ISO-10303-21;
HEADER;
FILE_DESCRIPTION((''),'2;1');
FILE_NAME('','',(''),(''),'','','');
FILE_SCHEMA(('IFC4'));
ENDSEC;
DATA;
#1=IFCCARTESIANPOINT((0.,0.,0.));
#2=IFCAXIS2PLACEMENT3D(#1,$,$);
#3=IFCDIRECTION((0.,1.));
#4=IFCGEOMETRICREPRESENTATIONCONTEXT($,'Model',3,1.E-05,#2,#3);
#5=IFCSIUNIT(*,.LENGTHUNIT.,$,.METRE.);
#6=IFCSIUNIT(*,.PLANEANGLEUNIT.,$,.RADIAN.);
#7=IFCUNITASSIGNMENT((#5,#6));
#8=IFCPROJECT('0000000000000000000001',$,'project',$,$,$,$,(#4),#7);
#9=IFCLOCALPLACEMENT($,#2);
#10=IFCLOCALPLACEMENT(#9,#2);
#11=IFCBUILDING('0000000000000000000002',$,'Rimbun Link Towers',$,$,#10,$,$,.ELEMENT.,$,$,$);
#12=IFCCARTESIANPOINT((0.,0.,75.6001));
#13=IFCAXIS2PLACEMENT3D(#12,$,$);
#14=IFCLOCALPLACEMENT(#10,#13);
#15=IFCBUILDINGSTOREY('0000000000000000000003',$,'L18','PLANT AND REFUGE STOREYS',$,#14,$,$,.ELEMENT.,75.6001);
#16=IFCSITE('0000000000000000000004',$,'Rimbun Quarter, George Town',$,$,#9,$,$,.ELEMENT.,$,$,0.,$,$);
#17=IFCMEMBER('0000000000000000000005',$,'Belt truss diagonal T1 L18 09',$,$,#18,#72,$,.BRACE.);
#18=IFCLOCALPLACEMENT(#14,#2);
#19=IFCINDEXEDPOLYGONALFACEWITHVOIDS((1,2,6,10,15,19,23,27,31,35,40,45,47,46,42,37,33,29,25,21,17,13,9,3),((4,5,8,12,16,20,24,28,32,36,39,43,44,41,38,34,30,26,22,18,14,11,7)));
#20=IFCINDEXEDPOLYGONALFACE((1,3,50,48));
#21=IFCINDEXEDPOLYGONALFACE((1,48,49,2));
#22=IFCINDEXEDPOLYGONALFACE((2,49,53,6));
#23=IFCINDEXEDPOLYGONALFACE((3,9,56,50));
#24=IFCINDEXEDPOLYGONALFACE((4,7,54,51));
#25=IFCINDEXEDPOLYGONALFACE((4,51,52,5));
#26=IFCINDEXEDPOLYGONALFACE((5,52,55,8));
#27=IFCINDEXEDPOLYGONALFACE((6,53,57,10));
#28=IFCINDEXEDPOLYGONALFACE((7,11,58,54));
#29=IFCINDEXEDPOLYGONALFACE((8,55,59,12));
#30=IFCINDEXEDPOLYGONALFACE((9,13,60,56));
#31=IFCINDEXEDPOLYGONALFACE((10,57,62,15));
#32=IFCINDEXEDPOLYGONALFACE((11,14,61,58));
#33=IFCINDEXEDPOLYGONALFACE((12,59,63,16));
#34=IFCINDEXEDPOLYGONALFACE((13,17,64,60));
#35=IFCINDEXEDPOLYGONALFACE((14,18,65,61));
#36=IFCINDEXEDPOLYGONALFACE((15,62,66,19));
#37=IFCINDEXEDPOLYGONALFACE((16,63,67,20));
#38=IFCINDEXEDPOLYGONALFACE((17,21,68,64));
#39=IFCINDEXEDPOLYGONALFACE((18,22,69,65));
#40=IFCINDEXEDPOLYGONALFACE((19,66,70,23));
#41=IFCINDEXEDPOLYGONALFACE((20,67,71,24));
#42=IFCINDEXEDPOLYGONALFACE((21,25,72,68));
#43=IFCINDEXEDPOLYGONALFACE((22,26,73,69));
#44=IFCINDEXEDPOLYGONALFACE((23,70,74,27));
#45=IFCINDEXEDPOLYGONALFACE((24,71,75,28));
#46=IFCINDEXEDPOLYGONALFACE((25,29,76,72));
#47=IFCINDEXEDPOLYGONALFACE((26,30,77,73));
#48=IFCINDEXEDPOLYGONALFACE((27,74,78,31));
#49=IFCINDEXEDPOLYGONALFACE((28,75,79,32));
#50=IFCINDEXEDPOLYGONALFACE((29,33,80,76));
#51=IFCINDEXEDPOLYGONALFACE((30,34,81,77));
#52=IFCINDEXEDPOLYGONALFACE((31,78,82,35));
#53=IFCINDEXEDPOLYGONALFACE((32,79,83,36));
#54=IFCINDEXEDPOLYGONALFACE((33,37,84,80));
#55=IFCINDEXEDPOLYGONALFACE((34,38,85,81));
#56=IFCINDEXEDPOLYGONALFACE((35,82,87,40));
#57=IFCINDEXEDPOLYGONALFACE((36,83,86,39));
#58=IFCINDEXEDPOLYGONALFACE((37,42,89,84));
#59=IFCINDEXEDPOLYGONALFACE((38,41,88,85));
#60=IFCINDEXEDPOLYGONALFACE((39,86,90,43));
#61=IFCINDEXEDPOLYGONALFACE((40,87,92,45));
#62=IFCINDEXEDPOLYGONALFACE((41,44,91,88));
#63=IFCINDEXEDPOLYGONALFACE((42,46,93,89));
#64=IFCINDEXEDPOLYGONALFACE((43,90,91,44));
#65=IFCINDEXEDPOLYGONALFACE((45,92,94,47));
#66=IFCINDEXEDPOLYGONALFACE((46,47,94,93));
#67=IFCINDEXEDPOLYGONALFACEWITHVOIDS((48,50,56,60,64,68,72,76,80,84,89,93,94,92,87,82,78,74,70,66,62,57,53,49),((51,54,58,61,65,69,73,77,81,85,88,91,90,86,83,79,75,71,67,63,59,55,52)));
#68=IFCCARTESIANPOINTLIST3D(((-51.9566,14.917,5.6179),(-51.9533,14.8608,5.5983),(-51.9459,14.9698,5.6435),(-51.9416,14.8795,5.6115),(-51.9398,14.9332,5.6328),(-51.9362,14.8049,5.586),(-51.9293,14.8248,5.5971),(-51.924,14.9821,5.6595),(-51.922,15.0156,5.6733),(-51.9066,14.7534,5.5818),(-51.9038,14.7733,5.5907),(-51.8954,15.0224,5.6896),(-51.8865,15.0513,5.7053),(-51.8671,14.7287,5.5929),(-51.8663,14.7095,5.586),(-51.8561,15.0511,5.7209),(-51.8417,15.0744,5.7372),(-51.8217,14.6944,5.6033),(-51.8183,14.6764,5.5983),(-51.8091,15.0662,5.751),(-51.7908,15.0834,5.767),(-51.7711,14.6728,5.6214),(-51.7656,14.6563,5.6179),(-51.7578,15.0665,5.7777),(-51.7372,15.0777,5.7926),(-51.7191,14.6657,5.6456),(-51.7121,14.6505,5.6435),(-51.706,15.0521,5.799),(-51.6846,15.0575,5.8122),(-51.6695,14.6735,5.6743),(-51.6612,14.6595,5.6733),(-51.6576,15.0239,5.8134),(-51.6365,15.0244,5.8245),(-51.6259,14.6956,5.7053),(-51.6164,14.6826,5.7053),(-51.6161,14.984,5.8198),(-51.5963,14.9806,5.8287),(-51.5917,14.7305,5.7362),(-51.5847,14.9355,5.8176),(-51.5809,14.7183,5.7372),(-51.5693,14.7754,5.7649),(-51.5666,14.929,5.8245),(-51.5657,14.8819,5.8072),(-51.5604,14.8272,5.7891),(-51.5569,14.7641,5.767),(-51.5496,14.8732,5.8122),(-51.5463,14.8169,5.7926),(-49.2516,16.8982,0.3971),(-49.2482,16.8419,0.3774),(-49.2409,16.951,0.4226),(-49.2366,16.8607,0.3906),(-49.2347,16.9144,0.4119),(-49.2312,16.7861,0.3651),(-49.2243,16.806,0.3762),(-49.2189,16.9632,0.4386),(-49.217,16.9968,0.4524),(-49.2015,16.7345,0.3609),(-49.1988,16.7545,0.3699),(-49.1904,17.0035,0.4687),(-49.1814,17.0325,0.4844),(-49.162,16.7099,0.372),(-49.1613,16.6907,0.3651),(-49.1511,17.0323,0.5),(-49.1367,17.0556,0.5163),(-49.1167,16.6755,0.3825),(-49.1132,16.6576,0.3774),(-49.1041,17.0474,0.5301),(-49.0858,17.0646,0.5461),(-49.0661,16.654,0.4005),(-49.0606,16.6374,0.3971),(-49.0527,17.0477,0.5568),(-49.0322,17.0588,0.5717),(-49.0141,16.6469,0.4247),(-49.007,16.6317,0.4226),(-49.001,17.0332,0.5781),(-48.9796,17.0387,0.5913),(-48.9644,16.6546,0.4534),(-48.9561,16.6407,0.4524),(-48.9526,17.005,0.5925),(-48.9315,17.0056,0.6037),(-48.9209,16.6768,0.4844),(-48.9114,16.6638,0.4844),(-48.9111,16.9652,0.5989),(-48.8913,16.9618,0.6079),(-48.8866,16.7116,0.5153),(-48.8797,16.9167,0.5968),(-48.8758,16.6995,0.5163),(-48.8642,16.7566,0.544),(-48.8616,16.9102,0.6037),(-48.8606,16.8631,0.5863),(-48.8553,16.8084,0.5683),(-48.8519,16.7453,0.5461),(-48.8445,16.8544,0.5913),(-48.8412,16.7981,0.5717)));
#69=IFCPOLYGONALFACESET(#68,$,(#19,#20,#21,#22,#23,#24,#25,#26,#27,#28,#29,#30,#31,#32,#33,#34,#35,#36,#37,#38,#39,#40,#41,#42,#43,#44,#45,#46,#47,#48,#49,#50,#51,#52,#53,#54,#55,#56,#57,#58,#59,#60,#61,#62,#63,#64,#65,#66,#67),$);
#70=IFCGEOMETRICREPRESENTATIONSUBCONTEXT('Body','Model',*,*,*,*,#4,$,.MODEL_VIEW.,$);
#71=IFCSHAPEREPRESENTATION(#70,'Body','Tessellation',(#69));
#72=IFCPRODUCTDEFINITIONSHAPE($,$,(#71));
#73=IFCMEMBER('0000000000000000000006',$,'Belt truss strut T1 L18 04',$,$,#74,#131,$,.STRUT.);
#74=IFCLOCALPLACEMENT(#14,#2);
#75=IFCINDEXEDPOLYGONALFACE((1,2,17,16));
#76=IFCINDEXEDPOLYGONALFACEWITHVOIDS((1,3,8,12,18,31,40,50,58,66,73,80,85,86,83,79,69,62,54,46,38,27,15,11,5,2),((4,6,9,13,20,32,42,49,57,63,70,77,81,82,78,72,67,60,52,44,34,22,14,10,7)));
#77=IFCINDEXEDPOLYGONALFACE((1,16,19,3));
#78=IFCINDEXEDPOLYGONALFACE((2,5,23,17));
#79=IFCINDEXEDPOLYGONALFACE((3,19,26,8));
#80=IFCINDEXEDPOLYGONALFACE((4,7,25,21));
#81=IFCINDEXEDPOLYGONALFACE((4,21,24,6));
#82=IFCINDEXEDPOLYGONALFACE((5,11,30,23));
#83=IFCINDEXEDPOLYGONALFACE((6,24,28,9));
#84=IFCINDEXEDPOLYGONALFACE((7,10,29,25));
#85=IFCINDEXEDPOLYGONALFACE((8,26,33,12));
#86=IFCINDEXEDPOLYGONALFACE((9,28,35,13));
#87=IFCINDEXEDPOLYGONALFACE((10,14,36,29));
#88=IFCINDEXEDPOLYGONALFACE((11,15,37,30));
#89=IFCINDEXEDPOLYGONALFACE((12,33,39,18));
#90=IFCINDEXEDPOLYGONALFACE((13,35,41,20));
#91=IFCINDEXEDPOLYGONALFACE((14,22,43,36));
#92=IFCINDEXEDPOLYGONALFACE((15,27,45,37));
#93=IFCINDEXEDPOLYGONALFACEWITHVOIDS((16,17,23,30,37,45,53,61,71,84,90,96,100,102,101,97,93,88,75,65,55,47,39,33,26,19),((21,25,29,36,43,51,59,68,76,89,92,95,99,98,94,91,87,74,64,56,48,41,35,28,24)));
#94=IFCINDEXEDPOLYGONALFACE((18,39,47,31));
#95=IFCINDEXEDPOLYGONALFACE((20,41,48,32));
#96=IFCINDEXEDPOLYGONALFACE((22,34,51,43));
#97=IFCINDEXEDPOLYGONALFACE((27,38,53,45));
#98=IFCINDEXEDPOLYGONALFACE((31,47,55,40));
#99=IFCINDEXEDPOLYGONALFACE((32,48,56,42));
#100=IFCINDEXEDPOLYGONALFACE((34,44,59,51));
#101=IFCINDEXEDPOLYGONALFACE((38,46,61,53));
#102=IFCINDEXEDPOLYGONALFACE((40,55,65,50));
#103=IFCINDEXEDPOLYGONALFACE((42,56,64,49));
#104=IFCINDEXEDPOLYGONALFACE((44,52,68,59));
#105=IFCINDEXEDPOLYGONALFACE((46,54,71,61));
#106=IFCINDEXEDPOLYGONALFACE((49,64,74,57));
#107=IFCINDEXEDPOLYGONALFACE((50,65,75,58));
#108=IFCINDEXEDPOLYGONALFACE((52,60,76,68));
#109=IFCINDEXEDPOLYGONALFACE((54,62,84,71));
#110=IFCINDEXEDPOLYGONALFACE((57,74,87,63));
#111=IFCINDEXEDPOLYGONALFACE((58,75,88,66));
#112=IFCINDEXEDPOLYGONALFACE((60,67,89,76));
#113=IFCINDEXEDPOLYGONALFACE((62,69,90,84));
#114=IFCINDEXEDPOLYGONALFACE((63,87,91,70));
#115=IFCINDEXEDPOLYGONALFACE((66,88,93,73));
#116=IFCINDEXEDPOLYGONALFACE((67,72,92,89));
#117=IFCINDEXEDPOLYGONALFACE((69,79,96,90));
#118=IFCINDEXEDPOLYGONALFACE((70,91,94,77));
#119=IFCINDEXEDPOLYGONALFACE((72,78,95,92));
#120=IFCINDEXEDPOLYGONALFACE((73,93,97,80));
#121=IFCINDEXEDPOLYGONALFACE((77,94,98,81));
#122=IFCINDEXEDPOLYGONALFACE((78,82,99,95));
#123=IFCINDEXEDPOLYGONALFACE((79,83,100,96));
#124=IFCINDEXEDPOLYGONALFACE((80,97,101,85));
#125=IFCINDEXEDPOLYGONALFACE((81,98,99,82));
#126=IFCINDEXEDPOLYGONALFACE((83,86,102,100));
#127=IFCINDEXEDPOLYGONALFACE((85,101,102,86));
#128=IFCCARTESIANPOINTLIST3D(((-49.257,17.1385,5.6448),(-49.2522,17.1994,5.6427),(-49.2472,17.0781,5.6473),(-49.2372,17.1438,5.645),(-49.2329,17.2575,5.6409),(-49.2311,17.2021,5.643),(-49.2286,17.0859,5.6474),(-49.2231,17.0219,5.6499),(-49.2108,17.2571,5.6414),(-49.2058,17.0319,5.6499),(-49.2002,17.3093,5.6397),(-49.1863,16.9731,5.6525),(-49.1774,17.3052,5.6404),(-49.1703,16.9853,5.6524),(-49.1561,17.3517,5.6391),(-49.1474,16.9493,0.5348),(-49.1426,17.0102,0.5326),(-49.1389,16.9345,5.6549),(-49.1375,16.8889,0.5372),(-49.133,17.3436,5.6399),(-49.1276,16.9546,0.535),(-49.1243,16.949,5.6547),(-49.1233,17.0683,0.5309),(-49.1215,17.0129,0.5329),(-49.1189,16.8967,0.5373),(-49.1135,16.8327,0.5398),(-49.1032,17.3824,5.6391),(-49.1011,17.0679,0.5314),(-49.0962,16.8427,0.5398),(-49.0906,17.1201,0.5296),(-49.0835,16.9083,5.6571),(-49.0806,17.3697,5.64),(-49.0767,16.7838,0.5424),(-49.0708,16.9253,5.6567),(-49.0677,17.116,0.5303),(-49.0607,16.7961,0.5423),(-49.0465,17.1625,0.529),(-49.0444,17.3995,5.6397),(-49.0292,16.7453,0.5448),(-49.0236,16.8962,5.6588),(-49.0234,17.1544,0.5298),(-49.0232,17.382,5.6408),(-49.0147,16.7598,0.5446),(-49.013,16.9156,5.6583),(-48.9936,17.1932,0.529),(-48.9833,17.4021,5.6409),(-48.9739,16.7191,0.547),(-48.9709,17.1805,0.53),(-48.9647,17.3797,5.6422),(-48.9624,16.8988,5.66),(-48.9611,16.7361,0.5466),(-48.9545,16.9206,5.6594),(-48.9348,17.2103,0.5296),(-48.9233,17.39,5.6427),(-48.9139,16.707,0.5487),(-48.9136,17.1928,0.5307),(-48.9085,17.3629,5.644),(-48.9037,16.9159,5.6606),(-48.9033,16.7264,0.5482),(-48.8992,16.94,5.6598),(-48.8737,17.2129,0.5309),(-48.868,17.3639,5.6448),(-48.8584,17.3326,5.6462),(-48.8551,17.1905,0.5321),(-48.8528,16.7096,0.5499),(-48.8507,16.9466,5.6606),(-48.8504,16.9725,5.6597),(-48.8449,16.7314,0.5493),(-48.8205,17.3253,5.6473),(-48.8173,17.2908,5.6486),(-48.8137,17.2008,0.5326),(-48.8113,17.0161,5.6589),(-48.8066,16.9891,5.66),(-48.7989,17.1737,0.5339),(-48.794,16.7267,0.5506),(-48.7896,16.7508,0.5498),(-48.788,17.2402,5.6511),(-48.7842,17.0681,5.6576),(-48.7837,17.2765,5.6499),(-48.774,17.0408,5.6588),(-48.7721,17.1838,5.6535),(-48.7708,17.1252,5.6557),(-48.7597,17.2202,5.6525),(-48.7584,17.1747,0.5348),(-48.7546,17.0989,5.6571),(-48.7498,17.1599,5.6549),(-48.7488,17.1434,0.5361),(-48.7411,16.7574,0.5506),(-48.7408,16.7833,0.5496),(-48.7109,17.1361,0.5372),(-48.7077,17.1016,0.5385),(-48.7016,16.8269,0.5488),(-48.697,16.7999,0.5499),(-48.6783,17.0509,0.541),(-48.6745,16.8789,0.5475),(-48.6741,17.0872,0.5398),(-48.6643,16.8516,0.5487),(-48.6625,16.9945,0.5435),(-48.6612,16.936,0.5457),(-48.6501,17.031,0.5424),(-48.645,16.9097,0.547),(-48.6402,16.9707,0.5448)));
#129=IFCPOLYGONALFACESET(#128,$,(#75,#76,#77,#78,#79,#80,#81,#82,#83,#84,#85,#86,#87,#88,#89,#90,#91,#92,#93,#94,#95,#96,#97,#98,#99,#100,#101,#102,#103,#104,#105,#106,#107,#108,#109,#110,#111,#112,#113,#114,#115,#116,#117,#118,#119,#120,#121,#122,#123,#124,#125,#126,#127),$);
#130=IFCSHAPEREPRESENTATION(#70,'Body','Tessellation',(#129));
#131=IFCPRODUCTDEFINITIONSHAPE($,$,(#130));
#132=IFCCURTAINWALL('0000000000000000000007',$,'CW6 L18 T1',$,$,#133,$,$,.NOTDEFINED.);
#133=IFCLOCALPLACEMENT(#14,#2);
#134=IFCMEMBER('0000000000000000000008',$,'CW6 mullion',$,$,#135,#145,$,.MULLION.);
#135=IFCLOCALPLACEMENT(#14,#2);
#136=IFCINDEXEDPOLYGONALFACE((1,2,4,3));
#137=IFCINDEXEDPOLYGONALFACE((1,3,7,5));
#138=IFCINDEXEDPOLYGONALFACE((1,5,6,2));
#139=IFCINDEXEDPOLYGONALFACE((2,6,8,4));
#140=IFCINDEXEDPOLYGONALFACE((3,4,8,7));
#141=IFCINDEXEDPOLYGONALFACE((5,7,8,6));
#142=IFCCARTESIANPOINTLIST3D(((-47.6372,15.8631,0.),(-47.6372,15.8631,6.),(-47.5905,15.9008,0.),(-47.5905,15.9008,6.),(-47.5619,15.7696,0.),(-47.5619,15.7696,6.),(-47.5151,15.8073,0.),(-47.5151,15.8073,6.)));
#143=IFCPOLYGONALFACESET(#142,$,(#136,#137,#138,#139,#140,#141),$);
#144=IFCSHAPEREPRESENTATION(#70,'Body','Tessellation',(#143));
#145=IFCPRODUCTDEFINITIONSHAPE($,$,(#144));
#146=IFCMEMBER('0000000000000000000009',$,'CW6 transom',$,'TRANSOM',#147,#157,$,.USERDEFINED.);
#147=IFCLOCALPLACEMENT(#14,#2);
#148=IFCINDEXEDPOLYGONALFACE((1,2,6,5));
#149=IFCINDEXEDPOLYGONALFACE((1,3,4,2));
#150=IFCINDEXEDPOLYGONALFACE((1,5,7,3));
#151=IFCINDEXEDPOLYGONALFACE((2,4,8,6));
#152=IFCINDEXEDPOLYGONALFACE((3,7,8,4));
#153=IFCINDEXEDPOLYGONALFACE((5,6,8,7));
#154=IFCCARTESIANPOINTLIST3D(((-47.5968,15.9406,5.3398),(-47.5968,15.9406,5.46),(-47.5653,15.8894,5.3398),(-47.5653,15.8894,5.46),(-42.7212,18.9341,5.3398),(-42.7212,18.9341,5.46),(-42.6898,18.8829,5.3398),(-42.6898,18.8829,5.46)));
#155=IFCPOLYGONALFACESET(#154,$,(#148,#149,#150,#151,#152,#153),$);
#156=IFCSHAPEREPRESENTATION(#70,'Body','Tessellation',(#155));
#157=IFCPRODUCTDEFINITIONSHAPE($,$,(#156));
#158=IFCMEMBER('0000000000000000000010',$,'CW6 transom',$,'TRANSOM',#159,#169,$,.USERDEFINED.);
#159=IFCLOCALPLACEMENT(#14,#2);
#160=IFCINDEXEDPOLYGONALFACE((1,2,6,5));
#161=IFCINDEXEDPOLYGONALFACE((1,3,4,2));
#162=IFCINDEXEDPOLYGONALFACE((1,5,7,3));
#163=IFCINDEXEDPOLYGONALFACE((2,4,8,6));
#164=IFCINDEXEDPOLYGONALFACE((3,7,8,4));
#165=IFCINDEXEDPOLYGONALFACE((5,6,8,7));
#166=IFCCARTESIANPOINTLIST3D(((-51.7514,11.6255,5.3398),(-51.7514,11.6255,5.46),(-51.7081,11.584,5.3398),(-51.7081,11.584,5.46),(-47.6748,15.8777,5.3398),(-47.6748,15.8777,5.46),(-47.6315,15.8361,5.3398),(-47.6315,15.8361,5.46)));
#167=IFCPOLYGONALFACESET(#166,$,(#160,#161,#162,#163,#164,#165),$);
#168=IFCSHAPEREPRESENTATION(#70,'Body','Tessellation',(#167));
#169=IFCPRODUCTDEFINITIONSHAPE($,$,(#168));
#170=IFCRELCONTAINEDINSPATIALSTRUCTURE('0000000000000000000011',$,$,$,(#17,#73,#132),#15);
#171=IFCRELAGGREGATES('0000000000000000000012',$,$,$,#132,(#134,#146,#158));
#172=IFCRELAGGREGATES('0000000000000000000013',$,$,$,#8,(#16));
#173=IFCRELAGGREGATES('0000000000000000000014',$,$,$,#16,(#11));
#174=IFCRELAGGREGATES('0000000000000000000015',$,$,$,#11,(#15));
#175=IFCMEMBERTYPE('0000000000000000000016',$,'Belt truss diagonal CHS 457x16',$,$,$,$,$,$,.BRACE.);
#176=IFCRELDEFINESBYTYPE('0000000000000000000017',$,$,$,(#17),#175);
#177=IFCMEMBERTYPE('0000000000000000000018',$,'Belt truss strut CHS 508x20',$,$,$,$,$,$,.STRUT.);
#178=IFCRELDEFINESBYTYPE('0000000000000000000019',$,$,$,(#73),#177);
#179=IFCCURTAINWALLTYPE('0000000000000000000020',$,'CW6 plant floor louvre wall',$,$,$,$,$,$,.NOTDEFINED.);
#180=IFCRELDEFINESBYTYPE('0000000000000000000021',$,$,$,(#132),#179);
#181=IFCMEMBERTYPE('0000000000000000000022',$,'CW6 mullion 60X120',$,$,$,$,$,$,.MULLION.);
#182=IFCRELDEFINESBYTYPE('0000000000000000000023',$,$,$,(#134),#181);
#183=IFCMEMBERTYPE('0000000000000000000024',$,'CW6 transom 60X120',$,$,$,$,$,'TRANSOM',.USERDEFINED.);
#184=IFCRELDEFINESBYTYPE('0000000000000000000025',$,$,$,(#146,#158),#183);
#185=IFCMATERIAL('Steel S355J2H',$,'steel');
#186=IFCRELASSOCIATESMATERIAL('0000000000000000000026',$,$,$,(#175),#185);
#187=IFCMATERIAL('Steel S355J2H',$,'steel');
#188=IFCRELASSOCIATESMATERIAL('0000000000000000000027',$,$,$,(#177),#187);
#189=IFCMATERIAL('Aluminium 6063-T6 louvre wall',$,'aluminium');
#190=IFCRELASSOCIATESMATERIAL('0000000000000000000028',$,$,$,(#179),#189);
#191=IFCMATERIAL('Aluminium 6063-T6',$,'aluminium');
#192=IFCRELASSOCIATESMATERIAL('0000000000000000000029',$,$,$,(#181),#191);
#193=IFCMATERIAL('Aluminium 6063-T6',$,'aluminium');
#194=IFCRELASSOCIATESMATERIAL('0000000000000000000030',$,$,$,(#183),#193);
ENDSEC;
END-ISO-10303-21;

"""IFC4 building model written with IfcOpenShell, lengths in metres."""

from ifc_helpers import new_model, si_unit, direction, frame, origin, origin_2d, place, context, subcontext, project, spatial, rectangle, hollow_circle, extrude, material, material_profile, profile_set, type_object, element, aggregate, save


model = new_model("IFC4")

# Units and contexts
model_context = context("Model", 3, precision=1e-05, world=origin(), true_north=direction((0.0, 1.0)))
body_context = subcontext(model_context, "Body", "Model", "MODEL_VIEW")
ifc_project = project(units=[si_unit("LENGTHUNIT", "METRE"), si_unit("PLANEANGLEUNIT", "RADIAN")], contexts=[model_context])

# Site, building, storey
site_placement = place(None, origin())
site = spatial("IfcSite", under=ifc_project, at=site_placement, Name="Rimbun Quarter, George Town", CompositionType="ELEMENT", RefElevation=0.0)
building_placement = place(site_placement, origin())
building = spatial("IfcBuilding", under=site, at=building_placement, Name="Rimbun Link Towers", CompositionType="ELEMENT")
storey_placement = place(building_placement, frame((0.0, 0.0, 75.6001)))
storey = spatial("IfcBuildingStorey", under=building, at=storey_placement, Name="L18", Description="PLANT AND REFUGE STOREYS", CompositionType="ELEMENT", Elevation=75.6001)

# Members
ifc_material_1 = material(Name="Steel S355J2H", Category="steel")
ifc_material_profile_1 = material_profile(ifc_material_1, hollow_circle(Radius=0.2285, WallThickness=0.0161, at=origin_2d()), Name="Belt truss diagonal CHS 457x16")
ifc_profile_set_1 = profile_set([ifc_material_profile_1], Name="Steel S355J2H")
member_type_1 = type_object("IfcMemberType", Name="Belt truss diagonal CHS 457x16", PredefinedType="BRACE", material=ifc_profile_set_1)
member_1_placement = place(storey_placement, frame((-49.0464, 16.8481, 0.4844), z_axis=(-0.435958, -0.319296, 0.841422), x_axis=(0.590874, -0.806764, 0.0)))
element("IfcMember", 1, at=member_1_placement, inside=storey, type_object=member_type_1, Name="Belt truss diagonal T1 L18 09", PredefinedType="BRACE", context=body_context, shape_type="SweptSolid", body=[
    extrude(hollow_circle(Radius=0.2285, WallThickness=0.0161, at=origin_2d()), origin(), (0.0, 0.0, 1.0), 6.2048),
])
ifc_material_2 = material(Name="Steel S355J2H", Category="steel")
ifc_material_profile_2 = material_profile(ifc_material_2, hollow_circle(Radius=0.2539, WallThickness=0.02, at=origin_2d()), Name="Belt truss strut CHS 508x20")
ifc_profile_set_2 = profile_set([ifc_material_profile_2], Name="Steel S355J2H")
member_type_2 = type_object("IfcMemberType", Name="Belt truss strut CHS 508x20", PredefinedType="STRUT", material=ifc_profile_set_2)
member_2_placement = place(storey_placement, frame((-48.8938, 16.96, 0.5398), z_axis=(-0.021432, 0.036993, 0.999086), x_axis=(-0.865273, -0.5013, 0.0)))
element("IfcMember", 2, at=member_2_placement, inside=storey, type_object=member_type_2, Name="Belt truss strut T1 L18 04", PredefinedType="STRUT", context=body_context, shape_type="SweptSolid", body=[
    extrude(hollow_circle(Radius=0.2539, WallThickness=0.02, at=origin_2d()), origin(), (0.0, 0.0, 1.0), 5.1147),
])

# Curtain wall, members
ifc_material_3 = material(Name="Aluminium 6063-T6 louvre wall", Category="aluminium")
curtain_wall_type = type_object("IfcCurtainWallType", Name="CW6 plant floor louvre wall", PredefinedType="NOTDEFINED", material=ifc_material_3)
curtain_wall_placement = place(storey_placement, origin())
curtain_wall = element("IfcCurtainWall", 3, at=curtain_wall_placement, inside=storey, type_object=curtain_wall_type, Name="CW6 L18 T1", PredefinedType="NOTDEFINED")
ifc_material_4 = material(Name="Aluminium 6063-T6", Category="aluminium")
ifc_material_profile_3 = material_profile(ifc_material_4, rectangle(XDim=0.1201, YDim=0.0601, at=origin_2d()), Name="MULLION 60X120")
ifc_profile_set_3 = profile_set([ifc_material_profile_3], Name="Aluminium 6063-T6")
member_type_3 = type_object("IfcMemberType", Name="CW6 mullion 60X120", PredefinedType="MULLION", material=ifc_profile_set_3)
member_3_placement = place(storey_placement, frame((-47.5762, 15.8352, 0.0), z_axis=(0.0, 0.0, 1.0), x_axis=(-0.627665, 0.778483, 0.0)))
member_3 = element("IfcMember", 4, at=member_3_placement, type_object=member_type_3, Name="CW6 mullion", PredefinedType="MULLION", context=body_context, shape_type="SweptSolid", body=[
    extrude(rectangle(XDim=0.1201, YDim=0.0601, at=origin_2d()), origin(), (0.0, 0.0, 1.0), 6.0),
])
ifc_material_5 = material(Name="Aluminium 6063-T6", Category="aluminium")
ifc_material_profile_4 = material_profile(ifc_material_5, rectangle(XDim=0.0601, YDim=0.1201, at=origin_2d()), Name="TRANSOM 60X120")
ifc_profile_set_4 = profile_set([ifc_material_profile_4], Name="Aluminium 6063-T6")
member_type_4 = type_object("IfcMemberType", Name="CW6 transom 60X120", ElementType="TRANSOM", PredefinedType="USERDEFINED", material=ifc_profile_set_4)
member_4_placement = place(storey_placement, frame((-47.5811, 15.915, 5.3999), z_axis=(0.852196, 0.523223, 0.0), x_axis=(-0.523223, 0.852196, 0.0)))
member_4 = element("IfcMember", 5, at=member_4_placement, type_object=member_type_4, Name="CW6 transom", ObjectType="TRANSOM", PredefinedType="USERDEFINED", context=body_context, shape_type="SweptSolid", body=[
    extrude(rectangle(XDim=0.0601, YDim=0.1201, at=origin_2d()), origin(), (0.0, 0.0, 1.0), 5.7212),
])
member_5_placement = place(storey_placement, frame((-51.7297, 11.6047, 5.3999), z_axis=(0.69205, 0.721849, 0.0), x_axis=(-0.721849, 0.69205, 0.0)))
member_5 = element("IfcMember", 6, at=member_5_placement, type_object=member_type_4, Name="CW6 transom", ObjectType="TRANSOM", PredefinedType="USERDEFINED", context=body_context, shape_type="SweptSolid", body=[
    extrude(rectangle(XDim=0.0601, YDim=0.1201, at=origin_2d()), origin(), (0.0, 0.0, 1.0), 5.8906),
])

aggregate(curtain_wall, [member_3, member_4, member_5])

save(model, "model.ifc")
